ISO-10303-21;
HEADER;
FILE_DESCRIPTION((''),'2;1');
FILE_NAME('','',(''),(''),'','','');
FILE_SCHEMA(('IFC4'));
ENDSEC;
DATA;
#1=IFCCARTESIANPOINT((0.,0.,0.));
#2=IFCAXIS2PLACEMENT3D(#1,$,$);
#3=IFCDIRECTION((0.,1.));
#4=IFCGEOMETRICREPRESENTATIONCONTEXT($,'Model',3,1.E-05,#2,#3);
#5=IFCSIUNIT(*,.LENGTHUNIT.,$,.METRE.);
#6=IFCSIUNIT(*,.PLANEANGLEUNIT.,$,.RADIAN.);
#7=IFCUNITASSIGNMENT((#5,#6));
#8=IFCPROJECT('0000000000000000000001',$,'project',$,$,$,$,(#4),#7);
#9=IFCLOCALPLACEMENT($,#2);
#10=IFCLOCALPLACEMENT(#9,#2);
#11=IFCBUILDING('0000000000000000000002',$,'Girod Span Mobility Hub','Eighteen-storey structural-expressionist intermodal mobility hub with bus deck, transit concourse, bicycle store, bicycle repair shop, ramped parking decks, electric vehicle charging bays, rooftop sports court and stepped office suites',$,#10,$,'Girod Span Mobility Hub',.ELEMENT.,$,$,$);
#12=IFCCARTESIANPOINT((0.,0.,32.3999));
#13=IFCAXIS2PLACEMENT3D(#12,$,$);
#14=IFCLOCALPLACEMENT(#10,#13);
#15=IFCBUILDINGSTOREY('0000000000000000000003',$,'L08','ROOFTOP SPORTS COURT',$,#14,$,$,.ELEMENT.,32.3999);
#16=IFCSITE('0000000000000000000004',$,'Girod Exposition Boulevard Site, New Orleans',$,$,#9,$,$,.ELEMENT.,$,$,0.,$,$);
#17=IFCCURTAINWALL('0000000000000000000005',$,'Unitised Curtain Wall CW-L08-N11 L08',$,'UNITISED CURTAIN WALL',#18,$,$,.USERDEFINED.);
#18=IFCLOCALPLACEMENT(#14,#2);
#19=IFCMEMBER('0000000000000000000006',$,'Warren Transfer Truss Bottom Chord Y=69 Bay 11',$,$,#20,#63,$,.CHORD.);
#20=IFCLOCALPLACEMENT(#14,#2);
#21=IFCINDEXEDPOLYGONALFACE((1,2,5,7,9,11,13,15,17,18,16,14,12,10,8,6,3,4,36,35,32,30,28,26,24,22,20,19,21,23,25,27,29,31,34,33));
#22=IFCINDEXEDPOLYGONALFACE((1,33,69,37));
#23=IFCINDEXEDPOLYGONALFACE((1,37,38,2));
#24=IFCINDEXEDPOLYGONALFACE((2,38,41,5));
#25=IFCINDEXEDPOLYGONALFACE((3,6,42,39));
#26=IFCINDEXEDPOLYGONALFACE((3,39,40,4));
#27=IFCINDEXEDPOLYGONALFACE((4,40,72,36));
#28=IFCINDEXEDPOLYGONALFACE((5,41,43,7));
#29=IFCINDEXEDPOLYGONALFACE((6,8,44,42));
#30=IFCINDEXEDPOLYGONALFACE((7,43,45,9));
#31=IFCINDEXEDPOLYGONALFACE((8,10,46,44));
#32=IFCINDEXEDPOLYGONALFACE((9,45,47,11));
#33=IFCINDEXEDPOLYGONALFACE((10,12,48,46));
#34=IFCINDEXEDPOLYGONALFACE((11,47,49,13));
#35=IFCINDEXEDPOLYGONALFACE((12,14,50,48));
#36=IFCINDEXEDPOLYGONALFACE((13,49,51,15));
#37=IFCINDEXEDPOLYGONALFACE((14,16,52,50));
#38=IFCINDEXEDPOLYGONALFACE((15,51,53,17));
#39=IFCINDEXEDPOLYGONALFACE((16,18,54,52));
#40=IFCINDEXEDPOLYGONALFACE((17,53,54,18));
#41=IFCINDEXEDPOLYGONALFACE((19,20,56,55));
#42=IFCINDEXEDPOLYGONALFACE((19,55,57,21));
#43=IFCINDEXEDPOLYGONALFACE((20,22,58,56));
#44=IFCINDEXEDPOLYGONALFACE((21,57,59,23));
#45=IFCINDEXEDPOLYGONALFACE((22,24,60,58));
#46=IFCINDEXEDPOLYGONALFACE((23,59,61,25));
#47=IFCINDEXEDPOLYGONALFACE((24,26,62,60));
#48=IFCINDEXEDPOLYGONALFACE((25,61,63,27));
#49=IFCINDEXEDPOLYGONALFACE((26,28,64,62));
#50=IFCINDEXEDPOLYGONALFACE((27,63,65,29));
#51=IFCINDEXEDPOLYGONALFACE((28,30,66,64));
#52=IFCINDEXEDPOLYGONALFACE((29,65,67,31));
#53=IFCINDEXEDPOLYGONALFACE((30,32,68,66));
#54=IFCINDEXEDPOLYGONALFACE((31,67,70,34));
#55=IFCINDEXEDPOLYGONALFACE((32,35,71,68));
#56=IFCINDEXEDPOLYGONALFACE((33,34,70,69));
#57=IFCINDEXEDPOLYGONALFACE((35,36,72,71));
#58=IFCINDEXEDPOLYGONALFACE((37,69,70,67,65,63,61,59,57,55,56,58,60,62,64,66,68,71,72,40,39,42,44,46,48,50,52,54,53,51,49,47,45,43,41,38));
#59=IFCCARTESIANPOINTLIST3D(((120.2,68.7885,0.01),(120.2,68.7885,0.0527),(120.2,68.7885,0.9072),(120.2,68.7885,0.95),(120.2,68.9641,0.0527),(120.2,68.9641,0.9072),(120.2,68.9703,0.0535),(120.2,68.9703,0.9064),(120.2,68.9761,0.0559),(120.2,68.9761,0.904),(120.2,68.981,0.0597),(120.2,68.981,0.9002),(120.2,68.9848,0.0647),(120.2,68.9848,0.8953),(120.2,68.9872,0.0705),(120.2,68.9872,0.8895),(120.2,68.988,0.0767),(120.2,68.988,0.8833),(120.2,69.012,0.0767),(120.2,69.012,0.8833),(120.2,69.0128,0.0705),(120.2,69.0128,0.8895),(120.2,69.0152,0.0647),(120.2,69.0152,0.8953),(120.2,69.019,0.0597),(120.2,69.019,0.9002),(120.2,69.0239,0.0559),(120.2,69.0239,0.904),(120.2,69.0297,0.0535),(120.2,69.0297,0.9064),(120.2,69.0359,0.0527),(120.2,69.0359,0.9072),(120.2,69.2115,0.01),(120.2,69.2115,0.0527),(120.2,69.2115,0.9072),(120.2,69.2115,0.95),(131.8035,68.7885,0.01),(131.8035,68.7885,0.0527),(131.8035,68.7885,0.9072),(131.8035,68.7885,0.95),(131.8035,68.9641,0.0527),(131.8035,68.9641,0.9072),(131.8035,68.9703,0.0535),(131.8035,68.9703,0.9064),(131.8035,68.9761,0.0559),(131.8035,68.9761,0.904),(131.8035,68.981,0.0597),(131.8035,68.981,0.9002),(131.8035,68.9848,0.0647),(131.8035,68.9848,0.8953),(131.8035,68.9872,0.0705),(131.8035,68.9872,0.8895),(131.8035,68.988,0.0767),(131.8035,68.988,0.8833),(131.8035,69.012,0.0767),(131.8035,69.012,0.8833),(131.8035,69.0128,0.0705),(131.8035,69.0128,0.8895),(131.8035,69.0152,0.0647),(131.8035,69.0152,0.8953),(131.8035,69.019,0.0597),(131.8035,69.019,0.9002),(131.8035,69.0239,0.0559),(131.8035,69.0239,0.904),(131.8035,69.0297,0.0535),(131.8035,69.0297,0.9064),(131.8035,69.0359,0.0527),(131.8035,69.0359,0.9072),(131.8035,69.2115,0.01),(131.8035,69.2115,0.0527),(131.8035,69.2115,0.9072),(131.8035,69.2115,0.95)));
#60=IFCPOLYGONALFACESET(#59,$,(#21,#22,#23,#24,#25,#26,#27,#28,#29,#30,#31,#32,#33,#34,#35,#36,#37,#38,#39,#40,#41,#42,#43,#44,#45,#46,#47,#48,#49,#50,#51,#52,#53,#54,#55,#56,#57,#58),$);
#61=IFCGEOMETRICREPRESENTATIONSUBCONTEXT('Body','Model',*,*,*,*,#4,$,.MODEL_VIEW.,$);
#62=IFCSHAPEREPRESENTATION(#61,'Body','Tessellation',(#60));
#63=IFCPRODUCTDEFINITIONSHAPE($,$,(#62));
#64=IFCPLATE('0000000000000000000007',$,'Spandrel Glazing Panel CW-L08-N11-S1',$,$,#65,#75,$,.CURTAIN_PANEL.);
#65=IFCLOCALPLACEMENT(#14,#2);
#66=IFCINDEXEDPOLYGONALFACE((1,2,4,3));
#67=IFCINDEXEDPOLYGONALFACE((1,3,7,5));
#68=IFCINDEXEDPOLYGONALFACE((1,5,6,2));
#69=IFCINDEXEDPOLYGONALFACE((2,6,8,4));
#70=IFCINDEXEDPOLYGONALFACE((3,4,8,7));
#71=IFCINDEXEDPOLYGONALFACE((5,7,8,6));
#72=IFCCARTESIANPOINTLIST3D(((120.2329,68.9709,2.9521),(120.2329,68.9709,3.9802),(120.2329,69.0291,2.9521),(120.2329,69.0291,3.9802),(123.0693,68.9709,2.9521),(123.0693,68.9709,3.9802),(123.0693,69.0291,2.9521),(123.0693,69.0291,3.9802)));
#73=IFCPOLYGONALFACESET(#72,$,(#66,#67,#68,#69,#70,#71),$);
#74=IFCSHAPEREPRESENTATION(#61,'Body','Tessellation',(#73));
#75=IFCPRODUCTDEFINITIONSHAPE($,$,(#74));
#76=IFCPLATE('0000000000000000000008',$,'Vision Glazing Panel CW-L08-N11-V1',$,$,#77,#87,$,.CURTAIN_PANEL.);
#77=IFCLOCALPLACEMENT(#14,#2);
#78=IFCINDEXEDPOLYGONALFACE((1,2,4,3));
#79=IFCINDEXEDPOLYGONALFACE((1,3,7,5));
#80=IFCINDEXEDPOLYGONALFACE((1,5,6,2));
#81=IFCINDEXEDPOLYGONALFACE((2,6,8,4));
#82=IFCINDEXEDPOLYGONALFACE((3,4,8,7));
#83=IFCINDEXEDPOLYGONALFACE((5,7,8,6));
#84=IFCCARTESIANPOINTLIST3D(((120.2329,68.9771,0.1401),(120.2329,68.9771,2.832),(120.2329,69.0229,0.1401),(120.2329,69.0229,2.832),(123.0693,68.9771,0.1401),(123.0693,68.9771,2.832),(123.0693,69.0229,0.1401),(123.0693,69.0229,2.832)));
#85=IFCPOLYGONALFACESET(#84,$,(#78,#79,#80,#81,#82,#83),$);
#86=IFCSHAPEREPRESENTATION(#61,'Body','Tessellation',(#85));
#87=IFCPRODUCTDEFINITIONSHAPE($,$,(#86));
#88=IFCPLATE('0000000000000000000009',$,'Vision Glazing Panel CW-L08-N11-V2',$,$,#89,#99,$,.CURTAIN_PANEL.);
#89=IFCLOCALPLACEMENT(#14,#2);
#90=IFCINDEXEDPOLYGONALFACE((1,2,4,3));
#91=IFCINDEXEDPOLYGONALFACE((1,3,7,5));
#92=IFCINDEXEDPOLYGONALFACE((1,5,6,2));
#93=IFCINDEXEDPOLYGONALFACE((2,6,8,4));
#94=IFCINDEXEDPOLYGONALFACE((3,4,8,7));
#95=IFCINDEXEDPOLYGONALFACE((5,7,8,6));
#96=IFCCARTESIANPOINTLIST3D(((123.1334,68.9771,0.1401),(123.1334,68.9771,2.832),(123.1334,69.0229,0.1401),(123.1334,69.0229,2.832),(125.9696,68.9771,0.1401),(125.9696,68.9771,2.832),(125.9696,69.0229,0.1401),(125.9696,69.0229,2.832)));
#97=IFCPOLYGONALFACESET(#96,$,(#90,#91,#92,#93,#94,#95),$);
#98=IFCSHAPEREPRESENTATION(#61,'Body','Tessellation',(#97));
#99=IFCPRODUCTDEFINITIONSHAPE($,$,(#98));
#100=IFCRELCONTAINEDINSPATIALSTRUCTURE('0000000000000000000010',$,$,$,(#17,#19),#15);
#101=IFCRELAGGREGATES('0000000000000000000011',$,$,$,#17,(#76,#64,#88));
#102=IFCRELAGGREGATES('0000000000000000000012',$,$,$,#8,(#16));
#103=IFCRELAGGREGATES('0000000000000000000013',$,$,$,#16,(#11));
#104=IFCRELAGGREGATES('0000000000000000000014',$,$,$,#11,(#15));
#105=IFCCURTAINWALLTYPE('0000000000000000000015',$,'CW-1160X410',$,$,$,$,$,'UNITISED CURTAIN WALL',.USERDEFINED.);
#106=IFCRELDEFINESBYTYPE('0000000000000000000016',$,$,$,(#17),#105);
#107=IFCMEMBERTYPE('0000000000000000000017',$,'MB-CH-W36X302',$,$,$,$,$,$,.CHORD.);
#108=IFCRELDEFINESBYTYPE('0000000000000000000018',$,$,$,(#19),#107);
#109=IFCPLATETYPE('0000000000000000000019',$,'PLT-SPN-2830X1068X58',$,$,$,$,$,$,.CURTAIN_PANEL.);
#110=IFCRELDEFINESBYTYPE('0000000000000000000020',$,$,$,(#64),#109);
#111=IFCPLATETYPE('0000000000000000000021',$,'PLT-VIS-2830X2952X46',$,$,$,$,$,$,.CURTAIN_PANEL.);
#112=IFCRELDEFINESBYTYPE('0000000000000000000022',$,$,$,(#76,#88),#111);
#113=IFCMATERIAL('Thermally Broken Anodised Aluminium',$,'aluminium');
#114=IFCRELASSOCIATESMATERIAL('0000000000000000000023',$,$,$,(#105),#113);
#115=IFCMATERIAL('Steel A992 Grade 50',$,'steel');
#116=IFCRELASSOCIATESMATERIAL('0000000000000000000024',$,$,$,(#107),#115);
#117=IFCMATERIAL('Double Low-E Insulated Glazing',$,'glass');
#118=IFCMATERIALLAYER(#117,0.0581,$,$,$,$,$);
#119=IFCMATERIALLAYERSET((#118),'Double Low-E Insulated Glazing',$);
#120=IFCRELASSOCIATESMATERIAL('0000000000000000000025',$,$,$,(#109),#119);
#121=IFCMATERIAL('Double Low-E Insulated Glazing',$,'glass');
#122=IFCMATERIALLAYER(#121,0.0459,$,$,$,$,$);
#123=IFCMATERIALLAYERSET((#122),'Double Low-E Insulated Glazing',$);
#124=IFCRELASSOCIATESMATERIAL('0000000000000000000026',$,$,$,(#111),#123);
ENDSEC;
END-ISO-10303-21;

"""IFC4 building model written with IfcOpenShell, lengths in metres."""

from ifc_helpers import new_model, si_unit, direction, frame, origin, origin_2d, place, context, subcontext, project, spatial, rectangle, i_section, extrude, material, layer, layer_set, material_profile, profile_set, type_object, element, aggregate, save


model = new_model("IFC4")

# Units and contexts
model_context = context("Model", 3, precision=1e-05, world=origin(), true_north=direction((0.0, 1.0)))
body_context = subcontext(model_context, "Body", "Model", "MODEL_VIEW")
ifc_project = project(units=[si_unit("LENGTHUNIT", "METRE"), si_unit("PLANEANGLEUNIT", "RADIAN")], contexts=[model_context])

# Site, building, storey
site_placement = place(None, origin())
site = spatial("IfcSite", under=ifc_project, at=site_placement, Name="Girod Exposition Boulevard Site, New Orleans", CompositionType="ELEMENT", RefElevation=0.0)
building_placement = place(site_placement, origin())
building = spatial("IfcBuilding", under=site, at=building_placement, Name="Girod Span Mobility Hub", Description="Eighteen-storey structural-expressionist intermodal mobility hub with bus deck, transit concourse, bicycle store, bicycle repair shop, ramped parking decks, electric vehicle charging bays, rooftop sports court and stepped office suites", LongName="Girod Span Mobility Hub", CompositionType="ELEMENT")
storey_placement = place(building_placement, frame((0.0, 0.0, 32.3999)))
storey = spatial("IfcBuildingStorey", under=building, at=storey_placement, Name="L08", Description="ROOFTOP SPORTS COURT", CompositionType="ELEMENT", Elevation=32.3999)

# Curtain wall
ifc_material_1 = material(Name="Thermally Broken Anodised Aluminium", Category="aluminium")
curtain_wall_type = type_object("IfcCurtainWallType", Name="CW-1160X410", ElementType="UNITISED CURTAIN WALL", PredefinedType="USERDEFINED", material=ifc_material_1)
curtain_wall_placement = place(storey_placement, origin())
curtain_wall = element("IfcCurtainWall", 1, at=curtain_wall_placement, inside=storey, type_object=curtain_wall_type, Name="Unitised Curtain Wall CW-L08-N11 L08", ObjectType="UNITISED CURTAIN WALL", PredefinedType="USERDEFINED")

# Member
ifc_material_2 = material(Name="Steel A992 Grade 50", Category="steel")
ifc_material_profile_1 = material_profile(ifc_material_2, i_section(OverallWidth=0.4231, OverallDepth=0.9399, WebThickness=0.0239, FlangeThickness=0.0427, FilletRadius=0.0239, at=origin_2d()), Name="W36X302")
ifc_profile_set_1 = profile_set([ifc_material_profile_1], Name="Steel A992 Grade 50")
member_type_1 = type_object("IfcMemberType", Name="MB-CH-W36X302", PredefinedType="CHORD", material=ifc_profile_set_1)
member_1_placement = place(storey_placement, frame((120.2, 69.0, 0.48), z_axis=(1.0, 0.0, 0.0), x_axis=(0.0, 1.0, 0.0)))
element("IfcMember", 2, at=member_1_placement, inside=storey, type_object=member_type_1, Name="Warren Transfer Truss Bottom Chord Y=69 Bay 11", PredefinedType="CHORD", context=body_context, shape_type="SweptSolid", body=[
    extrude(i_section(OverallWidth=0.4231, OverallDepth=0.9399, WebThickness=0.0239, FlangeThickness=0.0427, FilletRadius=0.0239, at=origin_2d()), origin(), (0.0, 0.0, 1.0), 11.6035),
])

# Plates
ifc_material_3 = material(Name="Double Low-E Insulated Glazing", Category="glass")
ifc_layer_1 = layer(ifc_material_3, 0.0581)
ifc_layer_set_1 = layer_set([ifc_layer_1], Name="Double Low-E Insulated Glazing")
plate_type_1 = type_object("IfcPlateType", Name="PLT-SPN-2830X1068X58", PredefinedType="CURTAIN_PANEL", material=ifc_layer_set_1)
plate_1_placement = place(storey_placement, frame((121.6511, 69.0, 2.9521), z_axis=(0.0, 0.0, 1.0), x_axis=(1.0, 0.0, 0.0)))
plate_1 = element("IfcPlate", 3, at=plate_1_placement, type_object=plate_type_1, Name="Spandrel Glazing Panel CW-L08-N11-S1", PredefinedType="CURTAIN_PANEL", context=body_context, shape_type="SweptSolid", body=[
    extrude(rectangle(XDim=2.8364, YDim=0.0581, at=origin_2d()), origin(), (0.0, 0.0, 1.0), 1.0281),
])
ifc_material_4 = material(Name="Double Low-E Insulated Glazing", Category="glass")
ifc_layer_2 = layer(ifc_material_4, 0.0459)
ifc_layer_set_2 = layer_set([ifc_layer_2], Name="Double Low-E Insulated Glazing")
plate_type_2 = type_object("IfcPlateType", Name="PLT-VIS-2830X2952X46", PredefinedType="CURTAIN_PANEL", material=ifc_layer_set_2)
plate_2_placement = place(storey_placement, frame((121.6511, 69.0, 0.1401), z_axis=(0.0, 0.0, 1.0), x_axis=(1.0, 0.0, 0.0)))
plate_2 = element("IfcPlate", 4, at=plate_2_placement, type_object=plate_type_2, Name="Vision Glazing Panel CW-L08-N11-V1", PredefinedType="CURTAIN_PANEL", context=body_context, shape_type="SweptSolid", body=[
    extrude(rectangle(XDim=2.8364, YDim=0.0459, at=origin_2d()), origin(), (0.0, 0.0, 1.0), 2.6919),
])
plate_3_placement = place(storey_placement, frame((124.5515, 69.0, 0.1401), z_axis=(0.0, 0.0, 1.0), x_axis=(1.0, 0.0, 0.0)))
plate_3 = element("IfcPlate", 5, at=plate_3_placement, type_object=plate_type_2, Name="Vision Glazing Panel CW-L08-N11-V2", PredefinedType="CURTAIN_PANEL", context=body_context, shape_type="SweptSolid", body=[
    extrude(rectangle(XDim=2.8362, YDim=0.0459, at=origin_2d()), origin(), (0.0, 0.0, 1.0), 2.6919),
])
aggregate(curtain_wall, [plate_2, plate_1, plate_3])

save(model, "model.ifc")
